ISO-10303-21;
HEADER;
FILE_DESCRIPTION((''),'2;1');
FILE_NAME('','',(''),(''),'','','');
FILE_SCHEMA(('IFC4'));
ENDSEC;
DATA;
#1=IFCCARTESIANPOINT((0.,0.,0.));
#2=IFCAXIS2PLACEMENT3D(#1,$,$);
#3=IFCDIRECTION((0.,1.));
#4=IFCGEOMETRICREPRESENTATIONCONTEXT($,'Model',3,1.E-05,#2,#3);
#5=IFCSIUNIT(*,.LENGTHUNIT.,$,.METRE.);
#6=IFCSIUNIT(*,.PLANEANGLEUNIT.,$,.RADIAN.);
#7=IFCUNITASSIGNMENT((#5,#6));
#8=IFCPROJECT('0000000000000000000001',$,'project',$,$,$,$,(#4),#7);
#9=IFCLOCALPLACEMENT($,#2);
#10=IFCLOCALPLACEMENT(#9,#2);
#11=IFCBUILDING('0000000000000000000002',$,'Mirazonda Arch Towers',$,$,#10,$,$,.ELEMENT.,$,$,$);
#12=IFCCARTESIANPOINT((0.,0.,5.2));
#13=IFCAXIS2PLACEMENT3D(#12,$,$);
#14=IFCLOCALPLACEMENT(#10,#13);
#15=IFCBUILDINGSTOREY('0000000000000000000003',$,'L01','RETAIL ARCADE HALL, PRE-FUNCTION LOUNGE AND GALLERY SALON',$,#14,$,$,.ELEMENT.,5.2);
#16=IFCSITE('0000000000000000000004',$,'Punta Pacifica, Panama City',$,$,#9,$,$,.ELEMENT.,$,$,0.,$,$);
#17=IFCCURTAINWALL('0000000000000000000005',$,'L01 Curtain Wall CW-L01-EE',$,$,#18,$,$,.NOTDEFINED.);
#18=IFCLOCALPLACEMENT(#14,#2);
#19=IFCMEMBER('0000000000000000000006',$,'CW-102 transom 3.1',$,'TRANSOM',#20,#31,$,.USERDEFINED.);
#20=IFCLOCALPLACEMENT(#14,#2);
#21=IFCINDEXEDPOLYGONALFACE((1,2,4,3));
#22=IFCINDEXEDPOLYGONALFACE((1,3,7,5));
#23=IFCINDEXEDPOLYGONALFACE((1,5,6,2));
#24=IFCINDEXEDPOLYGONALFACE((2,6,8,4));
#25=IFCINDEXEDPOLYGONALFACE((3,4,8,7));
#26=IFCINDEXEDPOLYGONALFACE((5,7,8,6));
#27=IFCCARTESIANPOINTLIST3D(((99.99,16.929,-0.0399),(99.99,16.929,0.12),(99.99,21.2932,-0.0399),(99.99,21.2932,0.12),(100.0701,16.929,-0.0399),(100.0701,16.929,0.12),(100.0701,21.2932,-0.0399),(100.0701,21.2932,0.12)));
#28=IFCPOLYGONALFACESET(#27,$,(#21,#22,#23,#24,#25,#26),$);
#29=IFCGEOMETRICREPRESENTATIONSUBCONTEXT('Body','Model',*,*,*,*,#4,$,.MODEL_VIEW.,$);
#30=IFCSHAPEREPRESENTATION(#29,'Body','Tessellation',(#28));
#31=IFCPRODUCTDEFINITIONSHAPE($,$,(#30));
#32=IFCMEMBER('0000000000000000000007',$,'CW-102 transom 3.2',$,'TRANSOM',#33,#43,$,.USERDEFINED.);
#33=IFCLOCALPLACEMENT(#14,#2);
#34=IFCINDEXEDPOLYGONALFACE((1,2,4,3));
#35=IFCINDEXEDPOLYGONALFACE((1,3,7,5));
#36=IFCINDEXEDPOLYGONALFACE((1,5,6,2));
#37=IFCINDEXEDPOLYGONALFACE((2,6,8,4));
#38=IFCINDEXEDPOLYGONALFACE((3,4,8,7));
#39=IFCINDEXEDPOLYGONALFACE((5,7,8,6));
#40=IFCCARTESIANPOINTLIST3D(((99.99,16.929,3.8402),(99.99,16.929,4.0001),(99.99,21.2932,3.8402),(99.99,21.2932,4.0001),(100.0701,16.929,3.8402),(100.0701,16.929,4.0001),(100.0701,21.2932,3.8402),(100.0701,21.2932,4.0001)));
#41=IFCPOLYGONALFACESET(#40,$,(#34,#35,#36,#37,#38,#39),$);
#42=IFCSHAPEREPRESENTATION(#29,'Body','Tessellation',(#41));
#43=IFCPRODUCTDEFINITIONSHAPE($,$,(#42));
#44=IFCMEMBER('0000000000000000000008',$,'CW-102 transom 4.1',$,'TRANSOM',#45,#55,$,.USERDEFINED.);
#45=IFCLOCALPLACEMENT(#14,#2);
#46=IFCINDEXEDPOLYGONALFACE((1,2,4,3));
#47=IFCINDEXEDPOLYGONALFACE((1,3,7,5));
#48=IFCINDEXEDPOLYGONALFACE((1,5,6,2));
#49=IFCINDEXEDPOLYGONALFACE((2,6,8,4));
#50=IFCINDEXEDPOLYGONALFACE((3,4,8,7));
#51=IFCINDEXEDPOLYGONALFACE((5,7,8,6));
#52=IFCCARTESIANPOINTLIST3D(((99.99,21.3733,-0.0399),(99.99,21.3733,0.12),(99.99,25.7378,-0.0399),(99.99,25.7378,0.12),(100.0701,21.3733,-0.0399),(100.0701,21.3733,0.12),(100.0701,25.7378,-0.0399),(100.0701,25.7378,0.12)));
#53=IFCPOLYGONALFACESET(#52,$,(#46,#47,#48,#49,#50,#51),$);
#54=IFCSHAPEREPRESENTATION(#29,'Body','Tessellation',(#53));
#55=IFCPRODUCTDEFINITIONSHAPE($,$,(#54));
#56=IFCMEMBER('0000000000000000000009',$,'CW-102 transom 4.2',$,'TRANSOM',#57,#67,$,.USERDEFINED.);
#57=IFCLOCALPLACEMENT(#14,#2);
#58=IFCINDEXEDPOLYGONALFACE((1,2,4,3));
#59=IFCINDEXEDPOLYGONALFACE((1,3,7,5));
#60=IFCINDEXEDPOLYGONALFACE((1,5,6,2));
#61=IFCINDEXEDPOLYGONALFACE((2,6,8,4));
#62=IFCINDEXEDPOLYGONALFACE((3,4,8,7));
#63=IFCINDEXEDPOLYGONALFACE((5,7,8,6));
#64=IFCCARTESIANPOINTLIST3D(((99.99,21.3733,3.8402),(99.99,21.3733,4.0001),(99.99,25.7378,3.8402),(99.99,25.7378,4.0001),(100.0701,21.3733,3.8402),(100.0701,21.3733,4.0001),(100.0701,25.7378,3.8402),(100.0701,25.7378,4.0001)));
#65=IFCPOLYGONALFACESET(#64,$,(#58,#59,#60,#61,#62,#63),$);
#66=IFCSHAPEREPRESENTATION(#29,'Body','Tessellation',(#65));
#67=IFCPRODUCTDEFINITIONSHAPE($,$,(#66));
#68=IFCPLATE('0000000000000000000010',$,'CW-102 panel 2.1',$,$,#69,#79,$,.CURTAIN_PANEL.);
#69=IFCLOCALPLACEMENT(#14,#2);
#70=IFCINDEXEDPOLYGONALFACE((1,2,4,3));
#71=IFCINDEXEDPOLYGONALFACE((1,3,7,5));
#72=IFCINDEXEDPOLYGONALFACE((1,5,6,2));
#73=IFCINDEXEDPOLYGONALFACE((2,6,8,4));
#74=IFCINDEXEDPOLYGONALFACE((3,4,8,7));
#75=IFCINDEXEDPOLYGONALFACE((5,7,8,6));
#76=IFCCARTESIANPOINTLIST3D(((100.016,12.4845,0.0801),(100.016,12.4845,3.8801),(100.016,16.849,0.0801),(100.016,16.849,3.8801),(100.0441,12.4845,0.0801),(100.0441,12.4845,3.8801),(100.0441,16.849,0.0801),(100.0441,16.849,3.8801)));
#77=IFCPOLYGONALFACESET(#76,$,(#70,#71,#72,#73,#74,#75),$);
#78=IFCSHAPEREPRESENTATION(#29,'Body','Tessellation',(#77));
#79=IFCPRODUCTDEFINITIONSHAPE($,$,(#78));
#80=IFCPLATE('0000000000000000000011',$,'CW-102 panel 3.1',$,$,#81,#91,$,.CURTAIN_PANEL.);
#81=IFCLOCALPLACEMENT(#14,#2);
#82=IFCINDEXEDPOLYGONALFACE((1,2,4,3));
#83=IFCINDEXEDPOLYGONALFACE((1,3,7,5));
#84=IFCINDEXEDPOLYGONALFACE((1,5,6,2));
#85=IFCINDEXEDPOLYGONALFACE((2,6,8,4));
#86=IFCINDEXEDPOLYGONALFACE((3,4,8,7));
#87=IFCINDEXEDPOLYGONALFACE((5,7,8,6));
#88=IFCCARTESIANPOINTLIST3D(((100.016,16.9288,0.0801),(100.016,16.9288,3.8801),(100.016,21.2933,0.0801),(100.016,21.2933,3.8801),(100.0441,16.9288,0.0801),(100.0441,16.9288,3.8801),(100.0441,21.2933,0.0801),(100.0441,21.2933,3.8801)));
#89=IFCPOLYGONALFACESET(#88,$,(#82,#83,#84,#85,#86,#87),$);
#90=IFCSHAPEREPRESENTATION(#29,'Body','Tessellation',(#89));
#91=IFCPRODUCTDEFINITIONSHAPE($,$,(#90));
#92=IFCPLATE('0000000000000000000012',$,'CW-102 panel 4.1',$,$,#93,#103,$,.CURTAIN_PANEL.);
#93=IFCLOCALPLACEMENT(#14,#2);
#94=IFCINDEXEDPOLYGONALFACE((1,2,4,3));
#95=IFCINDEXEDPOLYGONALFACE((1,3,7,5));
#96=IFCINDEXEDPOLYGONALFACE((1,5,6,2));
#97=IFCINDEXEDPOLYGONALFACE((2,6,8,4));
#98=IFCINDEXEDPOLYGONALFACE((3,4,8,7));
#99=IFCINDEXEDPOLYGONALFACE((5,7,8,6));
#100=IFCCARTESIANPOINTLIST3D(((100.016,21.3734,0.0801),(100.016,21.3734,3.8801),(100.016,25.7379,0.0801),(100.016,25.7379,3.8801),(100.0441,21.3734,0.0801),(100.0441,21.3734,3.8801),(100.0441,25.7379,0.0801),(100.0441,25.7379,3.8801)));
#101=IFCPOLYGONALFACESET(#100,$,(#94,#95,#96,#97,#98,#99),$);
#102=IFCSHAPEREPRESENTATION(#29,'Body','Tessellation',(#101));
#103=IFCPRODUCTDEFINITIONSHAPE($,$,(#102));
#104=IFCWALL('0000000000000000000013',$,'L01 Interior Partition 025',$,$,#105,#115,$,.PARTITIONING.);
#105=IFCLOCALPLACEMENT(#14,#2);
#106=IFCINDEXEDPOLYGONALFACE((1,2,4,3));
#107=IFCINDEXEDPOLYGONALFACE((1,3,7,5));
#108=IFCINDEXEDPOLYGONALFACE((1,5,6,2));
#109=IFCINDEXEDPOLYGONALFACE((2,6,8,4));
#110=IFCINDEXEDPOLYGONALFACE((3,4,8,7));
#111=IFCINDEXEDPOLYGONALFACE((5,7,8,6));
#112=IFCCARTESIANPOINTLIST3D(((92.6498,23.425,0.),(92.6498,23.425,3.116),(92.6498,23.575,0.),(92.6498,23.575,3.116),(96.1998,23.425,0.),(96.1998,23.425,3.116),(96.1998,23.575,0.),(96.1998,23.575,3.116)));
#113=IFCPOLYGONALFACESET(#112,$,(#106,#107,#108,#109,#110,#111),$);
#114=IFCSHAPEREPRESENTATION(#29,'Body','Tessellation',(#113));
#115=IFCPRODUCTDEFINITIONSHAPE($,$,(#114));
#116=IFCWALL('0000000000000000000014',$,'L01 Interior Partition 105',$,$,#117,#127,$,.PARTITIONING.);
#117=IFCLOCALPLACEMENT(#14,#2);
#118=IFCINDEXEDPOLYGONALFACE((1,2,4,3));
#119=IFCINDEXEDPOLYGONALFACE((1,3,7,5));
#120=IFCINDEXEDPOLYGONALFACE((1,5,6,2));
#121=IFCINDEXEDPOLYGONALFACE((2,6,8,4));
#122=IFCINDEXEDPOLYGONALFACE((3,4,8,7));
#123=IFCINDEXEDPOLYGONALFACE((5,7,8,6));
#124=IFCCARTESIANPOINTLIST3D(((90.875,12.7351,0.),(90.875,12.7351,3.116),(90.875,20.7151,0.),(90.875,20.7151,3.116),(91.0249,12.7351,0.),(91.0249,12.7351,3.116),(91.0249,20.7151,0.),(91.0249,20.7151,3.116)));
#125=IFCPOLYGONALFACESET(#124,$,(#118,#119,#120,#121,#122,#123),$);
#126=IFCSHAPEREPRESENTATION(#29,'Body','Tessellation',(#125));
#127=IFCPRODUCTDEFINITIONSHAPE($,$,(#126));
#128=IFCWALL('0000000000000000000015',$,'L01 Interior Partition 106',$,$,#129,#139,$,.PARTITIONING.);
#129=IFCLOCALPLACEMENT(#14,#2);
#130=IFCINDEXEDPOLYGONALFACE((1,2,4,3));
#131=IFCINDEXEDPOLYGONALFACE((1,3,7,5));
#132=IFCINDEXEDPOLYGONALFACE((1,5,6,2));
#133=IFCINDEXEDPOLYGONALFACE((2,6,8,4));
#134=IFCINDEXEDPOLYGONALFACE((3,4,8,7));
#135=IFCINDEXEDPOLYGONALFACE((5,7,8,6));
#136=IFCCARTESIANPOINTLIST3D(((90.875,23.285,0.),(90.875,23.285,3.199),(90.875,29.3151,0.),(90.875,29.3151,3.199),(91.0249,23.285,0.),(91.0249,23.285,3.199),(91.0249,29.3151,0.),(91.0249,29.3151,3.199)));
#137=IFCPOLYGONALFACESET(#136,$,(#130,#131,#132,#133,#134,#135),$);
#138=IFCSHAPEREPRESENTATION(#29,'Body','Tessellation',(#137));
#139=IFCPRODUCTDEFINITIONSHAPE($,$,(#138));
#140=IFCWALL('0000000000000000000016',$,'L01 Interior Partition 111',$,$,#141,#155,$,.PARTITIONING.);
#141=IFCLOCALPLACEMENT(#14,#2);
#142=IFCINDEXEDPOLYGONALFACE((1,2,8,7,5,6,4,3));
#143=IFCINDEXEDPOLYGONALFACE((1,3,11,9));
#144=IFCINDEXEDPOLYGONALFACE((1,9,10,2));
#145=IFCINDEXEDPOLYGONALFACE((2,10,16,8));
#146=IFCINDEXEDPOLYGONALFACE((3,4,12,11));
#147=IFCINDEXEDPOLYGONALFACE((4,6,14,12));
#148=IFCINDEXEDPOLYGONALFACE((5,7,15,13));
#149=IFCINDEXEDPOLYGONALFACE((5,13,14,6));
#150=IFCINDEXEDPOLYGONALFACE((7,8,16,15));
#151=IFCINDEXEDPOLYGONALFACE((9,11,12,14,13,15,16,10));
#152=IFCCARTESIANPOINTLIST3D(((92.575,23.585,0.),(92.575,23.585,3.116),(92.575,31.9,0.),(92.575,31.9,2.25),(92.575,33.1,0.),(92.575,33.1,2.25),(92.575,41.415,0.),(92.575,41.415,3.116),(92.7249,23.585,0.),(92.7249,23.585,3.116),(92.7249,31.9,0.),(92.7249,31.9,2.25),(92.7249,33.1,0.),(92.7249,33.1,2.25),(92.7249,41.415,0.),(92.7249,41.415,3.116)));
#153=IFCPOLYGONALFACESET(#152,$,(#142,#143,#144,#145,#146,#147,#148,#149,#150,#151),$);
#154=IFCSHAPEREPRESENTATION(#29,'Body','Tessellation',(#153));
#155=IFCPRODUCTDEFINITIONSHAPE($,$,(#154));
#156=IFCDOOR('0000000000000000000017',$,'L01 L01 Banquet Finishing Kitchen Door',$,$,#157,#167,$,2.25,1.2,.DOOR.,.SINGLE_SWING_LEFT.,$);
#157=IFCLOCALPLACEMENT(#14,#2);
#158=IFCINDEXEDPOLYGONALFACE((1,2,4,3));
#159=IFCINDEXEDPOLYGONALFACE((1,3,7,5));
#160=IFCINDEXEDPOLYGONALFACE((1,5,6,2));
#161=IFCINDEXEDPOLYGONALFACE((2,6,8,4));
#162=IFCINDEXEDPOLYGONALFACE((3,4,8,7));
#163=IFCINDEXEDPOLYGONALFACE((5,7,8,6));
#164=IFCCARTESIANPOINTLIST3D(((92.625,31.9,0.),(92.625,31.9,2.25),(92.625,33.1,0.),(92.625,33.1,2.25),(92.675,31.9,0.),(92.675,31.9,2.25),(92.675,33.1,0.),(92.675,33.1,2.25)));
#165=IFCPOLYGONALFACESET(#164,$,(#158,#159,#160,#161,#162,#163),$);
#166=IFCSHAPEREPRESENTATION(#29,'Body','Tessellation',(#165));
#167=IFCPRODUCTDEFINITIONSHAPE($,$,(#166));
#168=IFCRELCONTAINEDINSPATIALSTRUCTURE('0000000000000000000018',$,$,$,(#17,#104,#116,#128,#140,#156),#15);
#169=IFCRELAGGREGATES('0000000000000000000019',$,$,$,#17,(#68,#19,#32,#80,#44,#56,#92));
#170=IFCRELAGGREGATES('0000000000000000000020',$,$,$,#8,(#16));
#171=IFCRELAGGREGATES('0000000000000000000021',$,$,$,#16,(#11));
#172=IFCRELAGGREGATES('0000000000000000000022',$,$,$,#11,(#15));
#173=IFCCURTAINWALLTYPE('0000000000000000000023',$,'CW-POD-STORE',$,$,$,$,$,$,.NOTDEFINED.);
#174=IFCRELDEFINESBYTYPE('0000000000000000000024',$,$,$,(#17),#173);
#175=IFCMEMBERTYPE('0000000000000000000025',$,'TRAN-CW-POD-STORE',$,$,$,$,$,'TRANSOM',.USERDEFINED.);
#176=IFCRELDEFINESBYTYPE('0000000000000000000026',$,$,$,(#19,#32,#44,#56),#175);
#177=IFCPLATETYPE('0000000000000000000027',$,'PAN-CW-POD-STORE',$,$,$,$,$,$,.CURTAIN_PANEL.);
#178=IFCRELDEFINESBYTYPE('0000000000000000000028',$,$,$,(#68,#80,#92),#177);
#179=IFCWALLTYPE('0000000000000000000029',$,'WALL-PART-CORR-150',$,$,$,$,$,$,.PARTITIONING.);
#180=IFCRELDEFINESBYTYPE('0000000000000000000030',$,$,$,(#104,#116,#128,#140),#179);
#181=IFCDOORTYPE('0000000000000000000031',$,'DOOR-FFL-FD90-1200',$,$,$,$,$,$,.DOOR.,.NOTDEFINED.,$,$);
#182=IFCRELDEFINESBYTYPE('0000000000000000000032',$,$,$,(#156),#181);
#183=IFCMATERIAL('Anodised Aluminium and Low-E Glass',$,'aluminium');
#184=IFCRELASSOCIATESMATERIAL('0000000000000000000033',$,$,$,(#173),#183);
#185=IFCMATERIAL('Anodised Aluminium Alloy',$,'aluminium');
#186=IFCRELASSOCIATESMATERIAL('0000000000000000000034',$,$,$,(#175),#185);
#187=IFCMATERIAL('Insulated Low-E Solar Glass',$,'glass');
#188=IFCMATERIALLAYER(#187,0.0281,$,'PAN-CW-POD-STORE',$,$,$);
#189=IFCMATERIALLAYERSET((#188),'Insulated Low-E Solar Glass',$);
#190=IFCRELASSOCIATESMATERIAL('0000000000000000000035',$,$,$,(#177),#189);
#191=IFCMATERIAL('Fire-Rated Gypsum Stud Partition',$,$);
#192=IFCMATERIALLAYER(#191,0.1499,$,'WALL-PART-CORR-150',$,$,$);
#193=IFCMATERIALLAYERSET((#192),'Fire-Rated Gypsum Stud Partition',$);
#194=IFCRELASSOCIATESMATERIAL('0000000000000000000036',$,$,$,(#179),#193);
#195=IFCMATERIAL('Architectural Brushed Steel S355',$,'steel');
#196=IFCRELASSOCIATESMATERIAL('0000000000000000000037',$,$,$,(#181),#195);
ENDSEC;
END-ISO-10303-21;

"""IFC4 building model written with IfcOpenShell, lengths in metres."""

from ifc_helpers import new_model, si_unit, direction, frame, frame_2d, origin, origin_2d, place, context, subcontext, project, spatial, rectangle, extrude, material, layer, layer_set, material_profile, profile_set, type_object, element, fill, aggregate, save


model = new_model("IFC4")

# Units and contexts
model_context = context("Model", 3, precision=1e-05, world=origin(), true_north=direction((0.0, 1.0)))
body_context = subcontext(model_context, "Body", "Model", "MODEL_VIEW")
ifc_project = project(units=[si_unit("LENGTHUNIT", "METRE"), si_unit("PLANEANGLEUNIT", "RADIAN")], contexts=[model_context])

# Site, building, storey
site_placement = place(None, origin())
site = spatial("IfcSite", under=ifc_project, at=site_placement, Name="Punta Pacifica, Panama City", CompositionType="ELEMENT", RefElevation=0.0)
building_placement = place(site_placement, origin())
building = spatial("IfcBuilding", under=site, at=building_placement, Name="Mirazonda Arch Towers", CompositionType="ELEMENT")
storey_placement = place(building_placement, frame((0.0, 0.0, 5.2)))
storey = spatial("IfcBuildingStorey", under=building, at=storey_placement, Name="L01", Description="RETAIL ARCADE HALL, PRE-FUNCTION LOUNGE AND GALLERY SALON", CompositionType="ELEMENT", Elevation=5.2)

# Curtain wall, members, plates
ifc_material_1 = material(Name="Anodised Aluminium and Low-E Glass", Category="aluminium")
curtain_wall_type = type_object("IfcCurtainWallType", Name="CW-POD-STORE", PredefinedType="NOTDEFINED", material=ifc_material_1)
curtain_wall_placement = place(storey_placement, origin())
curtain_wall = element("IfcCurtainWall", 1, at=curtain_wall_placement, inside=storey, type_object=curtain_wall_type, Name="L01 Curtain Wall CW-L01-EE", PredefinedType="NOTDEFINED")
ifc_material_2 = material(Name="Anodised Aluminium Alloy", Category="aluminium")
ifc_material_profile_1 = material_profile(ifc_material_2, rectangle(XDim=0.0801, YDim=0.1599, at=origin_2d()), Name="ALU-TRAN-80x160")
ifc_profile_set_1 = profile_set([ifc_material_profile_1], Name="Anodised Aluminium Alloy")
member_type_1 = type_object("IfcMemberType", Name="TRAN-CW-POD-STORE", ElementType="TRANSOM", PredefinedType="USERDEFINED", material=ifc_profile_set_1)
member_1_placement = place(storey_placement, frame((100.03, 16.929, 0.04), z_axis=(0.0, 1.0, 0.0), x_axis=(-1.0, 0.0, 0.0)))
member_1 = element("IfcMember", 2, at=member_1_placement, type_object=member_type_1, Name="CW-102 transom 3.1", ObjectType="TRANSOM", PredefinedType="USERDEFINED", context=body_context, shape_type="SweptSolid", body=[
    extrude(rectangle(XDim=0.0801, YDim=0.1599, at=origin_2d()), origin(), (0.0, 0.0, 1.0), 4.3643),
])
member_2_placement = place(storey_placement, frame((100.03, 16.929, 3.9202), z_axis=(0.0, 1.0, 0.0), x_axis=(-1.0, 0.0, 0.0)))
member_2 = element("IfcMember", 3, at=member_2_placement, type_object=member_type_1, Name="CW-102 transom 3.2", ObjectType="TRANSOM", PredefinedType="USERDEFINED", context=body_context, shape_type="SweptSolid", body=[
    extrude(rectangle(XDim=0.0801, YDim=0.1599, at=origin_2d()), origin(), (0.0, 0.0, 1.0), 4.3643),
])
member_3_placement = place(storey_placement, frame((100.03, 21.3733, 0.04), z_axis=(0.0, 1.0, 0.0), x_axis=(-1.0, 0.0, 0.0)))
member_3 = element("IfcMember", 4, at=member_3_placement, type_object=member_type_1, Name="CW-102 transom 4.1", ObjectType="TRANSOM", PredefinedType="USERDEFINED", context=body_context, shape_type="SweptSolid", body=[
    extrude(rectangle(XDim=0.0801, YDim=0.1599, at=origin_2d()), origin(), (0.0, 0.0, 1.0), 4.3645),
])
member_4_placement = place(storey_placement, frame((100.03, 21.3733, 3.9202), z_axis=(0.0, 1.0, 0.0), x_axis=(-1.0, 0.0, 0.0)))
member_4 = element("IfcMember", 5, at=member_4_placement, type_object=member_type_1, Name="CW-102 transom 4.2", ObjectType="TRANSOM", PredefinedType="USERDEFINED", context=body_context, shape_type="SweptSolid", body=[
    extrude(rectangle(XDim=0.0801, YDim=0.1599, at=origin_2d()), origin(), (0.0, 0.0, 1.0), 4.3645),
])
ifc_material_3 = material(Name="Insulated Low-E Solar Glass", Category="glass")
ifc_layer_1 = layer(ifc_material_3, 0.0281, Name="PAN-CW-POD-STORE")
ifc_layer_set_1 = layer_set([ifc_layer_1], Name="Insulated Low-E Solar Glass")
plate_type = type_object("IfcPlateType", Name="PAN-CW-POD-STORE", PredefinedType="CURTAIN_PANEL", material=ifc_layer_set_1)
plate_1_placement = place(storey_placement, frame((100.03, 14.6667, 0.0801), z_axis=(0.0, 0.0, 1.0), x_axis=(0.0, 1.0, 0.0)))
plate_1 = element("IfcPlate", 6, at=plate_1_placement, type_object=plate_type, Name="CW-102 panel 2.1", PredefinedType="CURTAIN_PANEL", context=body_context, shape_type="SweptSolid", body=[
    extrude(rectangle(XDim=4.3645, YDim=0.0281, at=origin_2d()), origin(), (0.0, 0.0, 1.0), 3.8),
])
plate_2_placement = place(storey_placement, frame((100.03, 19.1111, 0.0801), z_axis=(0.0, 0.0, 1.0), x_axis=(0.0, 1.0, 0.0)))
plate_2 = element("IfcPlate", 7, at=plate_2_placement, type_object=plate_type, Name="CW-102 panel 3.1", PredefinedType="CURTAIN_PANEL", context=body_context, shape_type="SweptSolid", body=[
    extrude(rectangle(XDim=4.3645, YDim=0.0281, at=origin_2d()), origin(), (0.0, 0.0, 1.0), 3.8),
])
plate_3_placement = place(storey_placement, frame((100.03, 23.5557, 0.0801), z_axis=(0.0, 0.0, 1.0), x_axis=(0.0, 1.0, 0.0)))
plate_3 = element("IfcPlate", 8, at=plate_3_placement, type_object=plate_type, Name="CW-102 panel 4.1", PredefinedType="CURTAIN_PANEL", context=body_context, shape_type="SweptSolid", body=[
    extrude(rectangle(XDim=4.3645, YDim=0.0281, at=origin_2d()), origin(), (0.0, 0.0, 1.0), 3.8),
])
aggregate(curtain_wall, [plate_1, member_1, member_2, plate_2, member_3, member_4, plate_3])

# Walls
ifc_material_4 = material(Name="Fire-Rated Gypsum Stud Partition")
ifc_layer_2 = layer(ifc_material_4, 0.1499, Name="WALL-PART-CORR-150")
ifc_layer_set_2 = layer_set([ifc_layer_2], Name="Fire-Rated Gypsum Stud Partition")
wall_type = type_object("IfcWallType", Name="WALL-PART-CORR-150", PredefinedType="PARTITIONING", material=ifc_layer_set_2)
wall_1_placement = place(storey_placement, frame((92.6499, 23.5, 0.0), z_axis=(0.0, 0.0, 1.0), x_axis=(1.0, 0.0, 0.0)))
element("IfcWall", 9, at=wall_1_placement, inside=storey, type_object=wall_type, Name="L01 Interior Partition 025", PredefinedType="PARTITIONING", context=body_context, shape_type="SweptSolid", body=[
    extrude(rectangle(XDim=3.55, YDim=0.1499, at=frame_2d((1.7749, 0.0))), origin(), (0.0, 0.0, 1.0), 3.116),
])
wall_2_placement = place(storey_placement, frame((90.95, 12.7351, 0.0), z_axis=(0.0, 0.0, 1.0), x_axis=(0.0, 1.0, 0.0)))
element("IfcWall", 10, at=wall_2_placement, inside=storey, type_object=wall_type, Name="L01 Interior Partition 105", PredefinedType="PARTITIONING", context=body_context, shape_type="SweptSolid", body=[
    extrude(rectangle(XDim=7.98, YDim=0.1499, at=frame_2d((3.99, 0.0))), origin(), (0.0, 0.0, 1.0), 3.116),
])
wall_3_placement = place(storey_placement, frame((90.95, 23.2849, 0.0), z_axis=(0.0, 0.0, 1.0), x_axis=(0.0, 1.0, 0.0)))
element("IfcWall", 11, at=wall_3_placement, inside=storey, type_object=wall_type, Name="L01 Interior Partition 106", PredefinedType="PARTITIONING", context=body_context, shape_type="SweptSolid", body=[
    extrude(rectangle(XDim=6.03, YDim=0.1499, at=frame_2d((3.0151, 0.0))), origin(), (0.0, 0.0, 1.0), 3.199),
])

# Wall, opening, door
wall_4_placement = place(storey_placement, frame((92.6499, 23.585, 0.0), z_axis=(0.0, 0.0, 1.0), x_axis=(0.0, 1.0, 0.0)))
wall_4 = element("IfcWall", 12, at=wall_4_placement, inside=storey, type_object=wall_type, Name="L01 Interior Partition 111", PredefinedType="PARTITIONING", context=body_context, shape_type="SweptSolid", body=[
    extrude(rectangle(XDim=17.8301, YDim=0.1499, at=frame_2d((8.915, 0.0))), origin(), (0.0, 0.0, 1.0), 3.116),
])
opening_placement = place(wall_4_placement, frame((8.3149, 0.0, 0.0)))
opening = element("IfcOpeningElement", 13, at=opening_placement, cuts=wall_4, PredefinedType="OPENING", context=body_context, shape_type="SweptSolid", body=[
    extrude(rectangle(XDim=1.2, YDim=2.25, at=frame_2d((0.6001, 1.125))), frame((0.0, 0.085, 0.0), z_axis=(0.0, -1.0, 0.0), x_axis=(1.0, 0.0, 0.0)), (0.0, 0.0, 1.0), 0.1699),
])
ifc_material_5 = material(Name="Architectural Brushed Steel S355", Category="steel")
door_type = type_object("IfcDoorType", Name="DOOR-FFL-FD90-1200", OperationType="NOTDEFINED", PredefinedType="DOOR", material=ifc_material_5)
door_placement = place(opening_placement, origin())
door = element("IfcDoor", 14, at=door_placement, inside=storey, type_object=door_type, Name="L01 L01 Banquet Finishing Kitchen Door", OperationType="SINGLE_SWING_LEFT", OverallHeight=2.25, OverallWidth=1.2, PredefinedType="DOOR", context=body_context, shape_type="SweptSolid", body=[
    extrude(rectangle(XDim=1.2, YDim=2.25, at=frame_2d((0.6001, 1.125))), frame((0.0, 0.0249, 0.0), z_axis=(0.0, -1.0, 0.0), x_axis=(1.0, 0.0, 0.0)), (0.0, 0.0, 1.0), 0.05),
])
fill(opening, door)

save(model, "model.ifc")
